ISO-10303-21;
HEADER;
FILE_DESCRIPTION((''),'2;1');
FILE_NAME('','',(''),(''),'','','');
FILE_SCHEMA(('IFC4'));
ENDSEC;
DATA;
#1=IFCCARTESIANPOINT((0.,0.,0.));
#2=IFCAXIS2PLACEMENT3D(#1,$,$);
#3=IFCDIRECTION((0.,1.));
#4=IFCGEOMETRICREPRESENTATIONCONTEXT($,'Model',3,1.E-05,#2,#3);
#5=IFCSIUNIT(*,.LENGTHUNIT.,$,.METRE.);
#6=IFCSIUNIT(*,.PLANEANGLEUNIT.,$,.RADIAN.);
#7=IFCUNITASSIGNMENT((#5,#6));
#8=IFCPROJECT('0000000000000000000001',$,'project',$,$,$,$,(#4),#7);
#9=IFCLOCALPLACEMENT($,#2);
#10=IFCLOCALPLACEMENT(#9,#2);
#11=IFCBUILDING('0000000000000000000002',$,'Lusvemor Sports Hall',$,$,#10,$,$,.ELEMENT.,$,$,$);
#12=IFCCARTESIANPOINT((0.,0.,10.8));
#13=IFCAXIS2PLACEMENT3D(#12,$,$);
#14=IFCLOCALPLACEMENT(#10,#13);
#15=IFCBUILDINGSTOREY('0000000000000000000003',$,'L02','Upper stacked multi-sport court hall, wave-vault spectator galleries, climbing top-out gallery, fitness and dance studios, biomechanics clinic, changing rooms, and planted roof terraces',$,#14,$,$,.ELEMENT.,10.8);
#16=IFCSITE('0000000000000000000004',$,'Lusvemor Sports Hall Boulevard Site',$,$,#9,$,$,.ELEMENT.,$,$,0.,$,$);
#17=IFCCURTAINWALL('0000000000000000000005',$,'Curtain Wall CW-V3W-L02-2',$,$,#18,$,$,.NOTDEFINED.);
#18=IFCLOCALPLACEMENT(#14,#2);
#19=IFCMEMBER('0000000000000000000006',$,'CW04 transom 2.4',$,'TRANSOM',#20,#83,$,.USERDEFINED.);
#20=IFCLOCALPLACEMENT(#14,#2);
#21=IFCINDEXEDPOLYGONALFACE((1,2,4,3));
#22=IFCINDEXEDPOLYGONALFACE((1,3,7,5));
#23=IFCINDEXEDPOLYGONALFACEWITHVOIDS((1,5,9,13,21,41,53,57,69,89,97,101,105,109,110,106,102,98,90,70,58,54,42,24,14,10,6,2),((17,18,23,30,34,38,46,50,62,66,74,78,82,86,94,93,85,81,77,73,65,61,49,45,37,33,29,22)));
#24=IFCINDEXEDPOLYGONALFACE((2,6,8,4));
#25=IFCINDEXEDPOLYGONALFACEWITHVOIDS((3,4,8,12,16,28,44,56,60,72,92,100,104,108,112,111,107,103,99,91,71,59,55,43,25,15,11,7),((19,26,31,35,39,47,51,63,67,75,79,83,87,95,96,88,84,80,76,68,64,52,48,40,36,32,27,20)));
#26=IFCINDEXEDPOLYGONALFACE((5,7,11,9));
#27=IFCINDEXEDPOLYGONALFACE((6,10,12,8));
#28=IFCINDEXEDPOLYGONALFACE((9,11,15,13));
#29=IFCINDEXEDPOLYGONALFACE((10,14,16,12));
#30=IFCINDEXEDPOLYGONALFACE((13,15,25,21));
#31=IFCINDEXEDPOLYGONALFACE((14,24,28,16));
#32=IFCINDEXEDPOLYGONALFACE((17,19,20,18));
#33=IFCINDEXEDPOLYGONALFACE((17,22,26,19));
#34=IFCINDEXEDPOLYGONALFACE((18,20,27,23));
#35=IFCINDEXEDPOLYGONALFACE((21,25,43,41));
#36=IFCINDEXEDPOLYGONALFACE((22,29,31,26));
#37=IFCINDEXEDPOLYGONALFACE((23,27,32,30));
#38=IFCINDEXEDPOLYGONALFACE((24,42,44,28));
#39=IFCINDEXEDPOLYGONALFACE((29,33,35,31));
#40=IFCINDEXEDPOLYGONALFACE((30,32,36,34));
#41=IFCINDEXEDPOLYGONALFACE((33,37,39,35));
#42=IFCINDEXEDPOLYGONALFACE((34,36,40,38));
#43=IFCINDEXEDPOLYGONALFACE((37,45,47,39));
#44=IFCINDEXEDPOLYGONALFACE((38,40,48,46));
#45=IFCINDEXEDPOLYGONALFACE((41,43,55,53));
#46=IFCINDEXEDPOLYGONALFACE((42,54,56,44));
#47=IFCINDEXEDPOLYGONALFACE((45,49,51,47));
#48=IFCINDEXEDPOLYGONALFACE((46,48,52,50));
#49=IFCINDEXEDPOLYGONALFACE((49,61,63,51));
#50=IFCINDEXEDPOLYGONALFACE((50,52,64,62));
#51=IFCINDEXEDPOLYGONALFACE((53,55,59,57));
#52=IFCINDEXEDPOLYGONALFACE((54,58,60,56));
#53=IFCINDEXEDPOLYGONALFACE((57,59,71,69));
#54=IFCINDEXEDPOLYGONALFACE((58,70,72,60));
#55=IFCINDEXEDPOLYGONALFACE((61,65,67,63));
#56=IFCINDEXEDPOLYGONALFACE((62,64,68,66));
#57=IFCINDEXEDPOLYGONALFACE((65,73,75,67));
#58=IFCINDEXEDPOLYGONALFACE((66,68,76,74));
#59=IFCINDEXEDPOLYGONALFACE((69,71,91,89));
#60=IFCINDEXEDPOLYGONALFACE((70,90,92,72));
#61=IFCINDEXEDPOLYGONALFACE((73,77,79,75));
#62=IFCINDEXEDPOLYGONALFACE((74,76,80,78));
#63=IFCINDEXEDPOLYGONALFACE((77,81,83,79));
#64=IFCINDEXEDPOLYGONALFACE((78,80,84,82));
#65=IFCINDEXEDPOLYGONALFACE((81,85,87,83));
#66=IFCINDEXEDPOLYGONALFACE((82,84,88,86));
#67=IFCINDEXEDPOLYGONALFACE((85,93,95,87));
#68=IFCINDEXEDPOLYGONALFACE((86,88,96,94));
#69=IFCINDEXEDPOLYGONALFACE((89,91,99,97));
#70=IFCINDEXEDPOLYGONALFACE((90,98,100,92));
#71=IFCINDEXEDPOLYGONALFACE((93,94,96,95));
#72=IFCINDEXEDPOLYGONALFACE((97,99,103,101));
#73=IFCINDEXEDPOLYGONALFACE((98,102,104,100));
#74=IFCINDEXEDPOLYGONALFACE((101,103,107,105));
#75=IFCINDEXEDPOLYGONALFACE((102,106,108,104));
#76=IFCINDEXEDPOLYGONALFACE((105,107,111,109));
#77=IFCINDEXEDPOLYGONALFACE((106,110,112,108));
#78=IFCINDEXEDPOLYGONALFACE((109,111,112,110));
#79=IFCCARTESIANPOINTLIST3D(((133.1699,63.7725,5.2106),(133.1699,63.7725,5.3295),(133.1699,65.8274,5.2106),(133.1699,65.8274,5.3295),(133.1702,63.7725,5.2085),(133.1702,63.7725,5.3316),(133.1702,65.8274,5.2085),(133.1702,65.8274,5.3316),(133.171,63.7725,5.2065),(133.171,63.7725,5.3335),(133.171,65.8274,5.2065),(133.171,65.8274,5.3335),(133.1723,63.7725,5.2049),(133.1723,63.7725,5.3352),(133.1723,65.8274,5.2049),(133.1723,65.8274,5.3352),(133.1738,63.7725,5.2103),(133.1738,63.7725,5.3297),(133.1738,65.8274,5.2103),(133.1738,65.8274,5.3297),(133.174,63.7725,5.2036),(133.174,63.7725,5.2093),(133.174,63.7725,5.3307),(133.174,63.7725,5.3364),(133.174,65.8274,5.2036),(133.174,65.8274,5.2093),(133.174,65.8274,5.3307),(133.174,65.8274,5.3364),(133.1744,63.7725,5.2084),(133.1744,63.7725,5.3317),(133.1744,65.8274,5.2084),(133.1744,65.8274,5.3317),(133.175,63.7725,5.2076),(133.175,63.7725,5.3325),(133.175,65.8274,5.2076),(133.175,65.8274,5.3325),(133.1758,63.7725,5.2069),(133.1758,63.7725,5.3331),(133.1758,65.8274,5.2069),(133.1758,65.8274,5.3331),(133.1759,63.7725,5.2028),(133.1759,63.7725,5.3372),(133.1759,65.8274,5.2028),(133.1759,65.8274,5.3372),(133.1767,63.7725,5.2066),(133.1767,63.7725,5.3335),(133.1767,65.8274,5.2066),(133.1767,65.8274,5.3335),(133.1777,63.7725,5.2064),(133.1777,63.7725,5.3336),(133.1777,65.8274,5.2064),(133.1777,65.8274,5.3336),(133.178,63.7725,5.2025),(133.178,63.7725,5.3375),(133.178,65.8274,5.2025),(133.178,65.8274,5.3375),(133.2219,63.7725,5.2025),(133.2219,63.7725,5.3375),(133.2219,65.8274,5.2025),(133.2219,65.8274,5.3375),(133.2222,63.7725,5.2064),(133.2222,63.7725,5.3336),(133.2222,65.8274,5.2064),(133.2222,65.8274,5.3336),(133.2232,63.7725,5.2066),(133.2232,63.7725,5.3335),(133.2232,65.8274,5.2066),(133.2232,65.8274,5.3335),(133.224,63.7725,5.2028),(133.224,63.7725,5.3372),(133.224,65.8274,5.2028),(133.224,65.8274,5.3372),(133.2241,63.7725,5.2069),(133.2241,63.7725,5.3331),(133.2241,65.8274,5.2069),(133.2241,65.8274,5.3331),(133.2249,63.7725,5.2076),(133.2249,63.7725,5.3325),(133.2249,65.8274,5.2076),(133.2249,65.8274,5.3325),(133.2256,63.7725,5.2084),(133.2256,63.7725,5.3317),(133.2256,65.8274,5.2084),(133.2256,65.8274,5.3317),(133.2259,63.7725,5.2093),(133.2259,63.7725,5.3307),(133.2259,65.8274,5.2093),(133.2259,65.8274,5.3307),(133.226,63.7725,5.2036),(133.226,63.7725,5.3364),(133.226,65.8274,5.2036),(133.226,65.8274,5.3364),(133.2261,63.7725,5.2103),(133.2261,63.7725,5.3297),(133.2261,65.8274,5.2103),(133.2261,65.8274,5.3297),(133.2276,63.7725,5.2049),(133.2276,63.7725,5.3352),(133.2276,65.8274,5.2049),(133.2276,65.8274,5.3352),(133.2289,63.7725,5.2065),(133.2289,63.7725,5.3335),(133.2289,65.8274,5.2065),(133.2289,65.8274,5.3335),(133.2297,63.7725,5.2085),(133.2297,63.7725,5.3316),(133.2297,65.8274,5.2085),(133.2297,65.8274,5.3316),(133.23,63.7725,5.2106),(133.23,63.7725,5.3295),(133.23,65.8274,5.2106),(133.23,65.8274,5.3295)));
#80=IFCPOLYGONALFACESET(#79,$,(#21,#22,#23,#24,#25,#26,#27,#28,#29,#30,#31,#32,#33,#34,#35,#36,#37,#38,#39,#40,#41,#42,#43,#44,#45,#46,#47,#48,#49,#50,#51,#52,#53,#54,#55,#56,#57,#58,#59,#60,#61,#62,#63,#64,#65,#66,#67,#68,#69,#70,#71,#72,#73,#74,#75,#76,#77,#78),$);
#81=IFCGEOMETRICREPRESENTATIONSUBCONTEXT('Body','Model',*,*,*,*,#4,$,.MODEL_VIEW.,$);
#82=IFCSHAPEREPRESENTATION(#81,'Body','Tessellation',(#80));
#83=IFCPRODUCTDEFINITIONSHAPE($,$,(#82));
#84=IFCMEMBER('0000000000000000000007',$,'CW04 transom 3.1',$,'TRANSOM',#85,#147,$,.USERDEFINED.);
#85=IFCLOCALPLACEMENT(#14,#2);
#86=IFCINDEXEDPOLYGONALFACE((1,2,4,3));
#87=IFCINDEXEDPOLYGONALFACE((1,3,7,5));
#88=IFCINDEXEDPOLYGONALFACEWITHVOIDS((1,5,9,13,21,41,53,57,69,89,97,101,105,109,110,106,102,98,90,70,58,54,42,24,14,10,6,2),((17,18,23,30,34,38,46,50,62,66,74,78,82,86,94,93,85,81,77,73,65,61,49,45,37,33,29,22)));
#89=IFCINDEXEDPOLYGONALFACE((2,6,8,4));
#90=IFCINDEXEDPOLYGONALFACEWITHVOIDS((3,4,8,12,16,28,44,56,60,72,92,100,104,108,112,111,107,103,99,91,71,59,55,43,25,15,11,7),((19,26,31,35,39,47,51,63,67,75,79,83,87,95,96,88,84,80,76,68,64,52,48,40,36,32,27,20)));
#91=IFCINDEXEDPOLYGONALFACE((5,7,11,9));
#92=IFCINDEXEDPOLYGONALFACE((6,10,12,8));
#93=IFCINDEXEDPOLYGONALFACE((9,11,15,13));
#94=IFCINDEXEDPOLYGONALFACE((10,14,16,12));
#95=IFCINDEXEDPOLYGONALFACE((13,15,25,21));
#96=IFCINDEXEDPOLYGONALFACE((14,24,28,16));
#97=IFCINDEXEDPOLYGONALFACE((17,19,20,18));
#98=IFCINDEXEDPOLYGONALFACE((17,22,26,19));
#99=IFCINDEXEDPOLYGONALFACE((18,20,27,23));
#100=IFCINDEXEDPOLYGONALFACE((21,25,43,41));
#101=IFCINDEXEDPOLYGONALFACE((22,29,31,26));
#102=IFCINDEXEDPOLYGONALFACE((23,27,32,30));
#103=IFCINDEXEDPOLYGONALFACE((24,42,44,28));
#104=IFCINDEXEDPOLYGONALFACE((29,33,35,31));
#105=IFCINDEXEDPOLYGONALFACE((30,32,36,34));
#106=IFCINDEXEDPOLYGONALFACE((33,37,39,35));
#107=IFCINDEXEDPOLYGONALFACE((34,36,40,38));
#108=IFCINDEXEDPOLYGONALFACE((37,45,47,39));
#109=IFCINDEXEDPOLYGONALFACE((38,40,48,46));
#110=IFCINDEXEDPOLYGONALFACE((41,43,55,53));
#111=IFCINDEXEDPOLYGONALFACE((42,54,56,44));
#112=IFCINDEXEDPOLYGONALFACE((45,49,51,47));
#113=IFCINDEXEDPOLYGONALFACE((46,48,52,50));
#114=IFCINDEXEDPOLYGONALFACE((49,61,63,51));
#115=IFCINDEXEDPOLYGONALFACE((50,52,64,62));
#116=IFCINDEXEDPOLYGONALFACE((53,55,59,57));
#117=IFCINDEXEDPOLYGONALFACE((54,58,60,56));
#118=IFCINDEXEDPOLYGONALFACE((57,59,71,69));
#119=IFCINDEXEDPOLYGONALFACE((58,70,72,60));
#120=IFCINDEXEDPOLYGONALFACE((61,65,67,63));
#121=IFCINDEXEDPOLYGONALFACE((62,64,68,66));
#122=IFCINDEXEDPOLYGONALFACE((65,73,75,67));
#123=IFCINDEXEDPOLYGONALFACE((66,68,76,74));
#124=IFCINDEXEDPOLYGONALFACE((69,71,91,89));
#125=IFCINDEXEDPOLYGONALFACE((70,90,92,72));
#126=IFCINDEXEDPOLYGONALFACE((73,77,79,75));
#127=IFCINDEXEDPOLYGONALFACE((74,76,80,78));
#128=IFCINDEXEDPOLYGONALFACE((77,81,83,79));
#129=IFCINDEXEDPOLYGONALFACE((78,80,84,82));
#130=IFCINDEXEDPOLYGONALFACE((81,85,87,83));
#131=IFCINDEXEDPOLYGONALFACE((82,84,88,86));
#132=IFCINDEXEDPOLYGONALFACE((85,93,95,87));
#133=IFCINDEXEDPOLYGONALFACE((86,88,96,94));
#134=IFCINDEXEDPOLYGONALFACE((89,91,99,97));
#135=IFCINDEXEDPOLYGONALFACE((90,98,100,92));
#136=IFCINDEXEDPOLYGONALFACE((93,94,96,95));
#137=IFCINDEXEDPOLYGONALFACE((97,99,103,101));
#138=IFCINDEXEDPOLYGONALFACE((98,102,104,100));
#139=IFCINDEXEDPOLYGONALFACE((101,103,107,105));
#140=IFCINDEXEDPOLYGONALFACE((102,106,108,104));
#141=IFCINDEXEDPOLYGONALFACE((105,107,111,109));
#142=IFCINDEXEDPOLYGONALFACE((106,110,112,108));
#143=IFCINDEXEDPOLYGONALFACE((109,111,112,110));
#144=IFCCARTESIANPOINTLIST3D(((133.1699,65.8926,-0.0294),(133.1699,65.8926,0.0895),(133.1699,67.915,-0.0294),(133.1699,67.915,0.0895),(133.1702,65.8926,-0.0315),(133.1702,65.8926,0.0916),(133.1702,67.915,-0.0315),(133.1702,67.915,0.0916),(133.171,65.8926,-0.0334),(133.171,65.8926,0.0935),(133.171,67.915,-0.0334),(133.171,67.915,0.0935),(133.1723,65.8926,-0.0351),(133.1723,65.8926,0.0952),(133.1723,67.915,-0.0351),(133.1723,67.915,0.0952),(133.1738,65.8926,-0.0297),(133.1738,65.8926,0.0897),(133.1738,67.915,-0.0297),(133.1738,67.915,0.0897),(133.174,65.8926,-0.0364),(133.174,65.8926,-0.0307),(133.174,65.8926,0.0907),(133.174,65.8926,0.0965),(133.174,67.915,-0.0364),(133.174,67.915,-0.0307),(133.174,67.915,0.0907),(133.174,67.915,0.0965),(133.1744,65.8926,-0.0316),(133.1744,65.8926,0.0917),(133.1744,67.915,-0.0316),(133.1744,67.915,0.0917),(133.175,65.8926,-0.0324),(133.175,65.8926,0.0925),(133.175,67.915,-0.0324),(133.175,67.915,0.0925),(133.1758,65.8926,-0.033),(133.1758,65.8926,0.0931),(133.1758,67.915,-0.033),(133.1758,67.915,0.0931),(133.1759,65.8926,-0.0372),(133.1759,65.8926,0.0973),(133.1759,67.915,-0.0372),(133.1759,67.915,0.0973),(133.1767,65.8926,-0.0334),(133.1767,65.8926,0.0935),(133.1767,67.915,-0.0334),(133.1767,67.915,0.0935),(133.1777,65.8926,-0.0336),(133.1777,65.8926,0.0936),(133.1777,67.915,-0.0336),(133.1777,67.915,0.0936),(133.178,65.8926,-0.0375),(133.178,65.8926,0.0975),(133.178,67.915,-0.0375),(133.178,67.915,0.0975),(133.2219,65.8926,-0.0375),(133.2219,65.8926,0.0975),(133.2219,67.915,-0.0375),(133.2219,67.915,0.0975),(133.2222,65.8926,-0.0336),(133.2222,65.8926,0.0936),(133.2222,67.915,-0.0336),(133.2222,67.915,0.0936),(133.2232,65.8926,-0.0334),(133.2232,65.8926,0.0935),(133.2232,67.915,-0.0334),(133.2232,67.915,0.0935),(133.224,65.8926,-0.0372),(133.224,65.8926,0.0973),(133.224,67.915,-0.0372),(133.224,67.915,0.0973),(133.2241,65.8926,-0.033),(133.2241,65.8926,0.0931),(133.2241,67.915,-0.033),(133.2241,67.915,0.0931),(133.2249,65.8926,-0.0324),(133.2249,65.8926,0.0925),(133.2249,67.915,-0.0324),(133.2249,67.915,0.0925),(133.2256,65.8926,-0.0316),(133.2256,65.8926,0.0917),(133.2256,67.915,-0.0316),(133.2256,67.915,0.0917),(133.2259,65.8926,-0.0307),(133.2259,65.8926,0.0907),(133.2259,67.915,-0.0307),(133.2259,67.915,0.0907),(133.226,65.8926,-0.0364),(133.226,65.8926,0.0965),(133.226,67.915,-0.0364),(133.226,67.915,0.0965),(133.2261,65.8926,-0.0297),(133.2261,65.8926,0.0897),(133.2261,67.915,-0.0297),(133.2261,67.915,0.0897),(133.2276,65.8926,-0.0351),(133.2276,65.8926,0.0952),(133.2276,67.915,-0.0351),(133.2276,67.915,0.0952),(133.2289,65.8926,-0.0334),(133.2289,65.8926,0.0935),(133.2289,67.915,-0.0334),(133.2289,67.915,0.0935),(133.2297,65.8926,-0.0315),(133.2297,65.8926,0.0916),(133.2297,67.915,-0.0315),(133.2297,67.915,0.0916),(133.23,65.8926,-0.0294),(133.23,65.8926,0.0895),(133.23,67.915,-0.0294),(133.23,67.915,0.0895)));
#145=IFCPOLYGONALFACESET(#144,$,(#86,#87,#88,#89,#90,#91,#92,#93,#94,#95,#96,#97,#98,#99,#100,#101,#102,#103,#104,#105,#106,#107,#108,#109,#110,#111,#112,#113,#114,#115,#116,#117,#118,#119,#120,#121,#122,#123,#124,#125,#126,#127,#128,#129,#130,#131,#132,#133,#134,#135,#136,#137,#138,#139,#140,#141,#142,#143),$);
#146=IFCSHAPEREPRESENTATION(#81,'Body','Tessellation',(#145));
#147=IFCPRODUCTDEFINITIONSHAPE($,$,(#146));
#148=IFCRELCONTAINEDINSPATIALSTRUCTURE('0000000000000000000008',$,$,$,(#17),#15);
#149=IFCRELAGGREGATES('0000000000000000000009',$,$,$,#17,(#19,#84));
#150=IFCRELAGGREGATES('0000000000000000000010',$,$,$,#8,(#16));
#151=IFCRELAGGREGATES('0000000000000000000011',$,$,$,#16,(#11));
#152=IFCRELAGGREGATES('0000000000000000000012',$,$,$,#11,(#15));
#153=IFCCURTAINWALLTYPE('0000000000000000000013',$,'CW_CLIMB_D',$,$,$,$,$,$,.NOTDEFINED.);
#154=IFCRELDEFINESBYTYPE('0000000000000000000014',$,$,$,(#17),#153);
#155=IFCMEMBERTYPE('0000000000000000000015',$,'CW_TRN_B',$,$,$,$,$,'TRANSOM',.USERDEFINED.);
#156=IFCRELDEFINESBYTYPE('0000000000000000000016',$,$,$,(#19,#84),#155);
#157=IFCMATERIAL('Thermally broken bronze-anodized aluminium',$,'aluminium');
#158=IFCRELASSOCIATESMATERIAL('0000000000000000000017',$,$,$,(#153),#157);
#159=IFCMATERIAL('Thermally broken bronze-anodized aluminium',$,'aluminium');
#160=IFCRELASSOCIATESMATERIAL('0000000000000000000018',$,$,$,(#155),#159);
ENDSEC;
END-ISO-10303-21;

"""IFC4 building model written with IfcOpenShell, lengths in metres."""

from ifc_helpers import new_model, si_unit, direction, frame, origin, origin_2d, place, context, subcontext, project, spatial, hollow_rectangle, extrude, material, material_profile, profile_set, type_object, element, aggregate, save


model = new_model("IFC4")

# Units and contexts
model_context = context("Model", 3, precision=1e-05, world=origin(), true_north=direction((0.0, 1.0)))
body_context = subcontext(model_context, "Body", "Model", "MODEL_VIEW")
ifc_project = project(units=[si_unit("LENGTHUNIT", "METRE"), si_unit("PLANEANGLEUNIT", "RADIAN")], contexts=[model_context])

# Site, building, storey
site_placement = place(None, origin())
site = spatial("IfcSite", under=ifc_project, at=site_placement, Name="Lusvemor Sports Hall Boulevard Site", CompositionType="ELEMENT", RefElevation=0.0)
building_placement = place(site_placement, origin())
building = spatial("IfcBuilding", under=site, at=building_placement, Name="Lusvemor Sports Hall", CompositionType="ELEMENT")
storey_placement = place(building_placement, frame((0.0, 0.0, 10.8)))
storey = spatial("IfcBuildingStorey", under=building, at=storey_placement, Name="L02", Description="Upper stacked multi-sport court hall, wave-vault spectator galleries, climbing top-out gallery, fitness and dance studios, biomechanics clinic, changing rooms, and planted roof terraces", CompositionType="ELEMENT", Elevation=10.8)

# Curtain wall, members
ifc_material_1 = material(Name="Thermally broken bronze-anodized aluminium", Category="aluminium")
curtain_wall_type = type_object("IfcCurtainWallType", Name="CW_CLIMB_D", PredefinedType="NOTDEFINED", material=ifc_material_1)
curtain_wall_placement = place(storey_placement, origin())
curtain_wall = element("IfcCurtainWall", 1, at=curtain_wall_placement, inside=storey, type_object=curtain_wall_type, Name="Curtain Wall CW-V3W-L02-2", PredefinedType="NOTDEFINED")
ifc_material_2 = material(Name="Thermally broken bronze-anodized aluminium", Category="aluminium")
ifc_material_profile_1 = material_profile(ifc_material_2, hollow_rectangle(XDim=0.0601, YDim=0.135, WallThickness=0.0039, InnerFilletRadius=0.0039, OuterFilletRadius=0.0081, at=origin_2d()), Name="CWTRN135x60x4")
ifc_profile_set_1 = profile_set([ifc_material_profile_1], Name="Thermally broken bronze-anodized aluminium")
member_type_1 = type_object("IfcMemberType", Name="CW_TRN_B", ElementType="TRANSOM", PredefinedType="USERDEFINED", material=ifc_profile_set_1)
member_1_placement = place(storey_placement, frame((133.2, 63.7725, 5.27), z_axis=(0.0, 1.0, 0.0), x_axis=(-1.0, 0.0, 0.0)))
member_1 = element("IfcMember", 2, at=member_1_placement, type_object=member_type_1, Name="CW04 transom 2.4", ObjectType="TRANSOM", PredefinedType="USERDEFINED", context=body_context, shape_type="SweptSolid", body=[
    extrude(hollow_rectangle(XDim=0.0601, YDim=0.135, WallThickness=0.0039, InnerFilletRadius=0.0039, OuterFilletRadius=0.0081, at=origin_2d()), origin(), (0.0, 0.0, 1.0), 2.0549),
])
member_2_placement = place(storey_placement, frame((133.2, 65.8926, 0.03), z_axis=(0.0, 1.0, 0.0), x_axis=(-1.0, 0.0, 0.0)))
member_2 = element("IfcMember", 3, at=member_2_placement, type_object=member_type_1, Name="CW04 transom 3.1", ObjectType="TRANSOM", PredefinedType="USERDEFINED", context=body_context, shape_type="SweptSolid", body=[
    extrude(hollow_rectangle(XDim=0.0601, YDim=0.135, WallThickness=0.0039, InnerFilletRadius=0.0039, OuterFilletRadius=0.0081, at=origin_2d()), origin(), (0.0, 0.0, 1.0), 2.0225),
])

aggregate(curtain_wall, [member_1, member_2])

save(model, "model.ifc")
